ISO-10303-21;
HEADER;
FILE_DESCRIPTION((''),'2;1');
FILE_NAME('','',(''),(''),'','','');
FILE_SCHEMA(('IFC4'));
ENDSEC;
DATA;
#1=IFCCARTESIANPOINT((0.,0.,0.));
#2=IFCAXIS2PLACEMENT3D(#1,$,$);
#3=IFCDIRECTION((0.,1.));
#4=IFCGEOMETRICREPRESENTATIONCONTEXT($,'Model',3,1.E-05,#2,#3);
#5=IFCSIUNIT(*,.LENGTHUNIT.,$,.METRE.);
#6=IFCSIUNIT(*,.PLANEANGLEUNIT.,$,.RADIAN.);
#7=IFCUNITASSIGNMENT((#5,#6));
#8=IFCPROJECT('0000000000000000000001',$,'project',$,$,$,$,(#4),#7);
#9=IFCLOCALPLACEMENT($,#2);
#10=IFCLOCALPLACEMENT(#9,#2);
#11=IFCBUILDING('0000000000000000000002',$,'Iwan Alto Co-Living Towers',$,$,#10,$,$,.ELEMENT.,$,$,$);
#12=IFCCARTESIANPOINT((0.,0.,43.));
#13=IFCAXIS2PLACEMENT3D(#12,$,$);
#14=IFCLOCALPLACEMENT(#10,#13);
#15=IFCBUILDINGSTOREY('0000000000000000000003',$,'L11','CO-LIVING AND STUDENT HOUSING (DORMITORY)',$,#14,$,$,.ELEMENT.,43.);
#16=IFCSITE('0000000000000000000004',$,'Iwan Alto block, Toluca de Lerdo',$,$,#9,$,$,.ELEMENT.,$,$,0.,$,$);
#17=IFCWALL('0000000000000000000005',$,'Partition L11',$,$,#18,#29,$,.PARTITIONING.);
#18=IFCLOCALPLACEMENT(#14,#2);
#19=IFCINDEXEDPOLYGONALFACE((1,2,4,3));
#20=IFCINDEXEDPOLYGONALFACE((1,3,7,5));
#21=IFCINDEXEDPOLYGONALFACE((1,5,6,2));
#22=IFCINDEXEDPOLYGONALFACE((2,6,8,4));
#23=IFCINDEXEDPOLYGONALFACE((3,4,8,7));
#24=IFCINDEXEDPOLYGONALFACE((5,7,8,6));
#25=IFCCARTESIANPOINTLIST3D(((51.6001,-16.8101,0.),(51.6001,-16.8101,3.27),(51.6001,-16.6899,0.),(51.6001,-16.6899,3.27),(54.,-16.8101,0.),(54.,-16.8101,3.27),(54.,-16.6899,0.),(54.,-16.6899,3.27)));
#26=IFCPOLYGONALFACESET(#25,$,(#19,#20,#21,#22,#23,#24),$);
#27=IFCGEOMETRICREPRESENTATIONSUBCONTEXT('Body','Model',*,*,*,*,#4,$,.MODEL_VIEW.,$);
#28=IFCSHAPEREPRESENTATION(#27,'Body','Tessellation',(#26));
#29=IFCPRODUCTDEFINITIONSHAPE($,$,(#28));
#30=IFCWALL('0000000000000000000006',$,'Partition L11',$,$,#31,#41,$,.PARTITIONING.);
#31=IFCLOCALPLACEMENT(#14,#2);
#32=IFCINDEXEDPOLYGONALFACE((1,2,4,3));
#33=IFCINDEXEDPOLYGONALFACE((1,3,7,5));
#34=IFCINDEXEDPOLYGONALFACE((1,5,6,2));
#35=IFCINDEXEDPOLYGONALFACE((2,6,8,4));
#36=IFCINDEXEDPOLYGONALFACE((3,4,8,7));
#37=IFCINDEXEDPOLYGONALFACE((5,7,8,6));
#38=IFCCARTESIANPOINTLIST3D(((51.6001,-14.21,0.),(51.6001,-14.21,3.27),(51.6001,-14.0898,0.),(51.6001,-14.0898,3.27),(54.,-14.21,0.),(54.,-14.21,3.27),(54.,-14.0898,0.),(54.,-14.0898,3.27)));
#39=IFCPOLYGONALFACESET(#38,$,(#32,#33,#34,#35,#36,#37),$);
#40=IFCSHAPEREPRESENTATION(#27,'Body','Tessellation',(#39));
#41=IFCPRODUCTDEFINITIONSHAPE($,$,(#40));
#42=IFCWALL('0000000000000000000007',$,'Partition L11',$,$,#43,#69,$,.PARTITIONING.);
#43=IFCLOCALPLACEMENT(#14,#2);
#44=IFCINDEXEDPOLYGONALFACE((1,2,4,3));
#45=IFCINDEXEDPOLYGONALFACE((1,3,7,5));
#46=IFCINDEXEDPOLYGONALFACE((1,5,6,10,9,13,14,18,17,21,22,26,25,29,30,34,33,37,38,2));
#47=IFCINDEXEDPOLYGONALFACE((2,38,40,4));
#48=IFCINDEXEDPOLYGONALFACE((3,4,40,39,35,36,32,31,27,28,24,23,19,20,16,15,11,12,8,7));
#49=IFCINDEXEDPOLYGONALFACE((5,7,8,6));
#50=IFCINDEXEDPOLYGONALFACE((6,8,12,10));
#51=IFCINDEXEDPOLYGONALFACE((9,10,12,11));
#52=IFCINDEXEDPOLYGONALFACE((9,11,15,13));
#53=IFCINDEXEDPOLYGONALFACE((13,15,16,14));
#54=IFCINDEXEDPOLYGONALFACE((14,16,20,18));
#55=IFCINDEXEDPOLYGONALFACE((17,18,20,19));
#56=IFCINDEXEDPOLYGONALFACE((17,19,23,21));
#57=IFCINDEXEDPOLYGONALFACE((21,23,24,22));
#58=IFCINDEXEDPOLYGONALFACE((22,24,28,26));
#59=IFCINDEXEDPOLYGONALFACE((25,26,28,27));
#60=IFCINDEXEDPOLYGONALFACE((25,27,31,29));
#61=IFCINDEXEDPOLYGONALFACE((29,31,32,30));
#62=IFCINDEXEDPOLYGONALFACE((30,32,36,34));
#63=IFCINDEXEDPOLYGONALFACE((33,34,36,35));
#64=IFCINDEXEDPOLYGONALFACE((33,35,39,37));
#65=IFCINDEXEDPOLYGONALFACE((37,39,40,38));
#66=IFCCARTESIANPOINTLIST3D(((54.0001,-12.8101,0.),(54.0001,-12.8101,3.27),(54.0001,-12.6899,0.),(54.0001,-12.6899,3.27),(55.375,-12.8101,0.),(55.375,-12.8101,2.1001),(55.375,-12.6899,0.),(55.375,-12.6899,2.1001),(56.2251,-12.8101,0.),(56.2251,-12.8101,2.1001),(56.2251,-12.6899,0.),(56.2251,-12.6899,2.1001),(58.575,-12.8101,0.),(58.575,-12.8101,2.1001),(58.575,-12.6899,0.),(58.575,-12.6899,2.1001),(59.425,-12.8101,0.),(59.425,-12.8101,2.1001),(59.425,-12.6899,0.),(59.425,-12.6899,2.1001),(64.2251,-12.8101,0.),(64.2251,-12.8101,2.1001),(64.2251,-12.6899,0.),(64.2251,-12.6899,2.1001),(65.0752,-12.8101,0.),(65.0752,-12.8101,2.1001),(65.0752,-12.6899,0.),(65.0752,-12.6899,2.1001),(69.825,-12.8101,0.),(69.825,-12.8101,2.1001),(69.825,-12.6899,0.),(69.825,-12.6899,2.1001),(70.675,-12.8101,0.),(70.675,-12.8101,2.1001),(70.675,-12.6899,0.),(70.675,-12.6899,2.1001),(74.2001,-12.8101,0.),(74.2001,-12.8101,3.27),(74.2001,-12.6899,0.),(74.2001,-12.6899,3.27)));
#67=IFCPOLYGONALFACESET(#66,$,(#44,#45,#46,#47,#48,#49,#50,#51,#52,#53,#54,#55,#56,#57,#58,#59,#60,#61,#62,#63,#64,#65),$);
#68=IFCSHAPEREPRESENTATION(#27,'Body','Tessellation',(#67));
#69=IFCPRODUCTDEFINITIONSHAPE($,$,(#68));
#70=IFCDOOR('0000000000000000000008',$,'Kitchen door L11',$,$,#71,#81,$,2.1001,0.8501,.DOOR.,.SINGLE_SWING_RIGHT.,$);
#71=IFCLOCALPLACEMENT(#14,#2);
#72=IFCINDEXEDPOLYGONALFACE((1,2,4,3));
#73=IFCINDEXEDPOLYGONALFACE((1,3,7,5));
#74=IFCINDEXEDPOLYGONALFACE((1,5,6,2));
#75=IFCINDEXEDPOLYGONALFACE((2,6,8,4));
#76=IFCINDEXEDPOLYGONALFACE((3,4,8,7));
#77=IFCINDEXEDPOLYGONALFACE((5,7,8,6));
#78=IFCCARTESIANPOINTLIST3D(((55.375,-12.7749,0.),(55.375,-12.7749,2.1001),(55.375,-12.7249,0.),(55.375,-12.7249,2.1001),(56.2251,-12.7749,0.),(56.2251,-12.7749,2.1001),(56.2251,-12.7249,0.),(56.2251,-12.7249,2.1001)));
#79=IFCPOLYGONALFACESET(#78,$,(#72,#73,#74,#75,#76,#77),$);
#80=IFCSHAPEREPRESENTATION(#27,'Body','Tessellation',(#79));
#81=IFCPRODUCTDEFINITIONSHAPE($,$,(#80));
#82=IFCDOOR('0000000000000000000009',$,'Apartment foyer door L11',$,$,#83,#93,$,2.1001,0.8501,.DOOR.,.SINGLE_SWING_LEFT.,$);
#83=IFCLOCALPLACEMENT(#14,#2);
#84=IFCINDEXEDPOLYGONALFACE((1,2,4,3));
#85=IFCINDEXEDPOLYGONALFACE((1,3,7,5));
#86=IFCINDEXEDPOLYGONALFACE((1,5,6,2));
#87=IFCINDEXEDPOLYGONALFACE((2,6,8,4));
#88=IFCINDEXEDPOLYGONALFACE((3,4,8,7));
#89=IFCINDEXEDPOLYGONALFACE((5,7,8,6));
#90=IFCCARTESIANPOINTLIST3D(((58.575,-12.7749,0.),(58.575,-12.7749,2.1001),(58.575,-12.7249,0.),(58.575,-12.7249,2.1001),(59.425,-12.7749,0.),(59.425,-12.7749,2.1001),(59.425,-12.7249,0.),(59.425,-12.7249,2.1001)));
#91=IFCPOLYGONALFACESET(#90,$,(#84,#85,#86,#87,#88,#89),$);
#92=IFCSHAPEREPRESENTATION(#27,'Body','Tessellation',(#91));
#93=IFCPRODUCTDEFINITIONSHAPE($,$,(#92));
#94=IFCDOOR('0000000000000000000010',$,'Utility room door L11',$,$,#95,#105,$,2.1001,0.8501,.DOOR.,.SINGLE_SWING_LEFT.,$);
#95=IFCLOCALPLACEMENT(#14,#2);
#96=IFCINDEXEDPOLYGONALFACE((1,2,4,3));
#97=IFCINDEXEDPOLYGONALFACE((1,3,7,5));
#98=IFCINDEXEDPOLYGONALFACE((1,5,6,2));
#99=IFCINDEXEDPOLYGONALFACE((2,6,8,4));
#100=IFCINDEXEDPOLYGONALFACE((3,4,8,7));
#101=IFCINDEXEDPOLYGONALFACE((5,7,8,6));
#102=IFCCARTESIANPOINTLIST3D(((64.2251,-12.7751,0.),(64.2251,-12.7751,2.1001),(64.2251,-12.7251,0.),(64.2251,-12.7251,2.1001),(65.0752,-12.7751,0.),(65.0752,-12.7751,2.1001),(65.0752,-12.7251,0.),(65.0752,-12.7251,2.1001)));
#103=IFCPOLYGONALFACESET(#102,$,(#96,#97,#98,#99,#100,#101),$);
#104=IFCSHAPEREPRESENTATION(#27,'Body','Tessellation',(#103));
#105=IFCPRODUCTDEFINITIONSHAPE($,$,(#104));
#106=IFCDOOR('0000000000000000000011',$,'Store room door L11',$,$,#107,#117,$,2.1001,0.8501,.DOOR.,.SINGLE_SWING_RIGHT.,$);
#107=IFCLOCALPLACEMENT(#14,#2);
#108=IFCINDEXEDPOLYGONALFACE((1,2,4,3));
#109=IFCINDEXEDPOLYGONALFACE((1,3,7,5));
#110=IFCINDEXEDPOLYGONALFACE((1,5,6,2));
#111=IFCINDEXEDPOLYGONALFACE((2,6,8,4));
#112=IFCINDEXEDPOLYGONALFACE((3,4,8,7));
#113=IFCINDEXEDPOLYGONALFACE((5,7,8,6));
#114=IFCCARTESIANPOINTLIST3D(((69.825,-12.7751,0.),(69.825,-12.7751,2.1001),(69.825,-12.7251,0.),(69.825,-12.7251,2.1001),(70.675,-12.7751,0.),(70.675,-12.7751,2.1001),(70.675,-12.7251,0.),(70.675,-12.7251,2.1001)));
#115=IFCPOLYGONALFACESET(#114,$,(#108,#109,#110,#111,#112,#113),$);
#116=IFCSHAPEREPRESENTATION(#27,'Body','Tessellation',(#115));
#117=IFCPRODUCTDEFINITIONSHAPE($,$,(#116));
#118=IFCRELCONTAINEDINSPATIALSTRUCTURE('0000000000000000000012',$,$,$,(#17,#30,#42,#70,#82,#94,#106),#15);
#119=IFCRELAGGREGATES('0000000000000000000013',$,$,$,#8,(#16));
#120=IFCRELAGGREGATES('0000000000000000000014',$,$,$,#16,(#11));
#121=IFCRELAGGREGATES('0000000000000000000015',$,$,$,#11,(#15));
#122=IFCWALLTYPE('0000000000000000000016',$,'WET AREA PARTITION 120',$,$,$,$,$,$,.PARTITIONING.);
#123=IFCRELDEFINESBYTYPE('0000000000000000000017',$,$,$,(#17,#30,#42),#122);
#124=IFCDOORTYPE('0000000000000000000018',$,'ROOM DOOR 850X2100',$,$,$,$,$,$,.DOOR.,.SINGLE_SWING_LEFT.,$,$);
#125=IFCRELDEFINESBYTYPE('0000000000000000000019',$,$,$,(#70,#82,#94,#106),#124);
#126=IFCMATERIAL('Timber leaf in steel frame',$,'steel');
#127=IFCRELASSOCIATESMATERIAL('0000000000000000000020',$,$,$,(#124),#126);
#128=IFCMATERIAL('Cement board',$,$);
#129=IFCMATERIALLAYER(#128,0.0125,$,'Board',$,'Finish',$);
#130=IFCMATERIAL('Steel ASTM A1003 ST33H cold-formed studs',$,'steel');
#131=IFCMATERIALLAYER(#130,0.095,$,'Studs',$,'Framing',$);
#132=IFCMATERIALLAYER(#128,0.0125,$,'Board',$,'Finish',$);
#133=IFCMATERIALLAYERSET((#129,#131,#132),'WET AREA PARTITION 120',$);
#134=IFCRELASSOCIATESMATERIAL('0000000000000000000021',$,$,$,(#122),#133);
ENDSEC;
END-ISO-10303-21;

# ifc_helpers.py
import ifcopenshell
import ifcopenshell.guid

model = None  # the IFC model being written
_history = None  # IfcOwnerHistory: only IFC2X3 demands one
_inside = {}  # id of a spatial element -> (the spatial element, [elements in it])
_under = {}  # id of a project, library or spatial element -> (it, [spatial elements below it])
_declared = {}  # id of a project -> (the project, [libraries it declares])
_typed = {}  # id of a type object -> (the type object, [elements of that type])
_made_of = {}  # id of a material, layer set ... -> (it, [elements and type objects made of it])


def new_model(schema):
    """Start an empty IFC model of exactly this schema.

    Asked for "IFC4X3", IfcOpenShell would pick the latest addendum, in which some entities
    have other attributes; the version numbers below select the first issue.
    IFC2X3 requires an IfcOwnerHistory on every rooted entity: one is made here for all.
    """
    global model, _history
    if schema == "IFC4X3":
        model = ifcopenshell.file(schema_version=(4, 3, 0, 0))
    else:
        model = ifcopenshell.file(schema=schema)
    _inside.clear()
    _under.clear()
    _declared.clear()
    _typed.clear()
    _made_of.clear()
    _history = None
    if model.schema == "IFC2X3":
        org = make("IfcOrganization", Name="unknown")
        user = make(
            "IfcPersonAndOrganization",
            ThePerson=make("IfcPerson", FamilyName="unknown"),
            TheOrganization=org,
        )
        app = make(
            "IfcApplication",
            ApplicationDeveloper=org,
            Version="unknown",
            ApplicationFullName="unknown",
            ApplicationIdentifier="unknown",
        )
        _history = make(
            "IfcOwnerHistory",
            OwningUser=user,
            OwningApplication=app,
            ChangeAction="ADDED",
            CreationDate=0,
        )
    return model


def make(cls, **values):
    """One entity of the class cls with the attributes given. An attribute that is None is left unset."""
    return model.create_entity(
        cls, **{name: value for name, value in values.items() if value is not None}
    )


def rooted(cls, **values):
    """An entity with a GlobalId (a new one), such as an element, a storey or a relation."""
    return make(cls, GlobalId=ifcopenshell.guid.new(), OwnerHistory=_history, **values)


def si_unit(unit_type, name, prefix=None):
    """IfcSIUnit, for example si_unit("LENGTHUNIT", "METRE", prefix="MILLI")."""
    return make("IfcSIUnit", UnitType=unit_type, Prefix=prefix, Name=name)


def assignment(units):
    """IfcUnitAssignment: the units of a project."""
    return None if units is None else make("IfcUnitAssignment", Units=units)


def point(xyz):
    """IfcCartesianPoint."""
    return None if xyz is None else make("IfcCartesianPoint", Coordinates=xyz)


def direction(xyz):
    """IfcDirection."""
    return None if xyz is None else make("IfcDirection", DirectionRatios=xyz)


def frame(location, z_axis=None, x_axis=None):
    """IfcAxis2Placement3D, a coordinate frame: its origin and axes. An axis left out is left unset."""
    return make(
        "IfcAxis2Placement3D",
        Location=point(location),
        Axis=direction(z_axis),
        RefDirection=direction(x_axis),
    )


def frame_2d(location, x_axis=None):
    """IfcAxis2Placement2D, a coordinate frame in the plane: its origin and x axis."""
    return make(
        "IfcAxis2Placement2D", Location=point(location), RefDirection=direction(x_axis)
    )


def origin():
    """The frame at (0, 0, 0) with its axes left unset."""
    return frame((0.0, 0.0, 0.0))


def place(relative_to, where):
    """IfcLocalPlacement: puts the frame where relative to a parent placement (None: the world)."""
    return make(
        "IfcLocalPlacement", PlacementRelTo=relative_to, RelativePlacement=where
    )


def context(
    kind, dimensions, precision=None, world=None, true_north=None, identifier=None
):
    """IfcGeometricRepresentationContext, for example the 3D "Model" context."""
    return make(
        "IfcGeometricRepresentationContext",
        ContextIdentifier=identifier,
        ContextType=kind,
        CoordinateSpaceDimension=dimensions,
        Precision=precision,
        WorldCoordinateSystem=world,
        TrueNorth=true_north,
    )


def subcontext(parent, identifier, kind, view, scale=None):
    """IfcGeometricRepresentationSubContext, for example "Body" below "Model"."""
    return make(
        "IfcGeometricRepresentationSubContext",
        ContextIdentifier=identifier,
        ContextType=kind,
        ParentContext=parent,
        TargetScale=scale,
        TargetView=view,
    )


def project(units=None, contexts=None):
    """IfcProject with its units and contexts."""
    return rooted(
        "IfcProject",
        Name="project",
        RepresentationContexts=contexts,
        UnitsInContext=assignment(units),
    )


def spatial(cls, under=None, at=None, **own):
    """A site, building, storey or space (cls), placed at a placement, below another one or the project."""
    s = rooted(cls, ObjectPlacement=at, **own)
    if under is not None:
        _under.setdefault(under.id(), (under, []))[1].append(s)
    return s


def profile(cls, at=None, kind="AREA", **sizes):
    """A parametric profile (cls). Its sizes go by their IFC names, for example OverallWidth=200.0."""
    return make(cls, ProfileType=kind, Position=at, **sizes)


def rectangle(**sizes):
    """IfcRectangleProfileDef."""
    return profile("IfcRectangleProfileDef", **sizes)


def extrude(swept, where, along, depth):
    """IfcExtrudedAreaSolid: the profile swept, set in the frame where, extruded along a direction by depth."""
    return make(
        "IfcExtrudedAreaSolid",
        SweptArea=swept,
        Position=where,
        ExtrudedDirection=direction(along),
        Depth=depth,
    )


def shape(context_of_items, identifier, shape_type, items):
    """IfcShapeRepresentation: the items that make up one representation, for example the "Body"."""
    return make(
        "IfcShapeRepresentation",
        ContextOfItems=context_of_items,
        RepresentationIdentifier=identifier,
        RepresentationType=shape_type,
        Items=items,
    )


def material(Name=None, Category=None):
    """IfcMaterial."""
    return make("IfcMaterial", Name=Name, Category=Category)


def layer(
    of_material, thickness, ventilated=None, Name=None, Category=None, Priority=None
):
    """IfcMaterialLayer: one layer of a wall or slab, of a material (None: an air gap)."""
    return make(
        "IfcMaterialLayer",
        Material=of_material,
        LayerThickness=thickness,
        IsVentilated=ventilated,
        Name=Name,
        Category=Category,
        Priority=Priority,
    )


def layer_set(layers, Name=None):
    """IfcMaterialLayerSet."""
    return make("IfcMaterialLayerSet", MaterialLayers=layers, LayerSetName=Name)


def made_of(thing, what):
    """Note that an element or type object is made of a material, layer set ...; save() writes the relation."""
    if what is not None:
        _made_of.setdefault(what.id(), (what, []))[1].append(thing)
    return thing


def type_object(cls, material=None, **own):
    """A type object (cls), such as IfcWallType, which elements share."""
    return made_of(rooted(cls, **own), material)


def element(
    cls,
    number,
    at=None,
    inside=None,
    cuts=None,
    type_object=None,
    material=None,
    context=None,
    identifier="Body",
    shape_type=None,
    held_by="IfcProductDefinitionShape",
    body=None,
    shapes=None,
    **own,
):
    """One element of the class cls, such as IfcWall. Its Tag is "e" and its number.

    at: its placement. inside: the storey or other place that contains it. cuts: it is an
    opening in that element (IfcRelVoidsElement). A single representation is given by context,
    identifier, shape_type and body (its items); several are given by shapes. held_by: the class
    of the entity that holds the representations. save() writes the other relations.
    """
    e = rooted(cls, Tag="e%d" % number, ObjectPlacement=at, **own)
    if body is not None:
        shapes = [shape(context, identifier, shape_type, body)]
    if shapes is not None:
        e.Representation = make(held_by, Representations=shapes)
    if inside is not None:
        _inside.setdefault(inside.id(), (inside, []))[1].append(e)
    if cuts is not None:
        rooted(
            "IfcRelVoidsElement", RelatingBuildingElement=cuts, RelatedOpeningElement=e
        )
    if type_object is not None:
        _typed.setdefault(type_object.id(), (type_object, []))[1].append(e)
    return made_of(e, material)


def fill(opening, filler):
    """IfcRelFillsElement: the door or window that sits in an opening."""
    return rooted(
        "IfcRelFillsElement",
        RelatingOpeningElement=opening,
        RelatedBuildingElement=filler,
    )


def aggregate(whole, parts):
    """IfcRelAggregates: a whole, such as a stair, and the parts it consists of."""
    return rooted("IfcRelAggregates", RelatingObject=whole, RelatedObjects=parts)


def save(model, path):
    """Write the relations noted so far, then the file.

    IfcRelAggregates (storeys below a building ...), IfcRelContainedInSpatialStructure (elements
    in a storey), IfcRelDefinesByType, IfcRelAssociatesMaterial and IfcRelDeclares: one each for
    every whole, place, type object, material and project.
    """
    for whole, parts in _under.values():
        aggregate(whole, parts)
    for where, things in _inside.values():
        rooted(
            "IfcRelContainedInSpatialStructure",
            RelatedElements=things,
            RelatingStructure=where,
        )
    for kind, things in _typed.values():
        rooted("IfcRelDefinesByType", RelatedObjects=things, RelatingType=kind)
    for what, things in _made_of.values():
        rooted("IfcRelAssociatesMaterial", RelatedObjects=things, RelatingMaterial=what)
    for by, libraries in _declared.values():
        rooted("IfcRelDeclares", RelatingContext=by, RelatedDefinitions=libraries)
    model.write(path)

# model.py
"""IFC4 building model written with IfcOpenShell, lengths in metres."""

from ifc_helpers import new_model, si_unit, direction, frame, frame_2d, origin, place, context, subcontext, project, spatial, rectangle, extrude, material, layer, layer_set, type_object, element, fill, save


model = new_model("IFC4")

# Units and contexts
model_context = context("Model", 3, precision=1e-05, world=origin(), true_north=direction((0.0, 1.0)))
body_context = subcontext(model_context, "Body", "Model", "MODEL_VIEW")
ifc_project = project(units=[si_unit("LENGTHUNIT", "METRE"), si_unit("PLANEANGLEUNIT", "RADIAN")], contexts=[model_context])

# Site, building, storey
site_placement = place(None, origin())
site = spatial("IfcSite", under=ifc_project, at=site_placement, Name="Iwan Alto block, Toluca de Lerdo", CompositionType="ELEMENT", RefElevation=0.0)
building_placement = place(site_placement, origin())
building = spatial("IfcBuilding", under=site, at=building_placement, Name="Iwan Alto Co-Living Towers", CompositionType="ELEMENT")
storey_placement = place(building_placement, frame((0.0, 0.0, 43.0)))
storey = spatial("IfcBuildingStorey", under=building, at=storey_placement, Name="L11", Description="CO-LIVING AND STUDENT HOUSING (DORMITORY)", CompositionType="ELEMENT", Elevation=43.0)

# Shared definitions
ifc_material_1 = material(Name="Steel ASTM A1003 ST33H cold-formed studs", Category="steel")

# Shared definitions
ifc_material_2 = material(Name="Timber leaf in steel frame", Category="steel")
door_type_1 = type_object("IfcDoorType", Name="ROOM DOOR 850X2100", OperationType="SINGLE_SWING_LEFT", PredefinedType="DOOR", material=ifc_material_2)

# Walls
ifc_material_3 = material(Name="Cement board")
ifc_layer_1 = layer(ifc_material_3, 0.0125, Name="Board", Category="Finish")
ifc_layer_2 = layer(ifc_material_1, 0.095, Name="Studs", Category="Framing")
ifc_layer_3 = layer(ifc_material_3, 0.0125, Name="Board", Category="Finish")
ifc_layer_set_1 = layer_set([ifc_layer_1, ifc_layer_2, ifc_layer_3], Name="WET AREA PARTITION 120")
wall_type_1 = type_object("IfcWallType", Name="WET AREA PARTITION 120", PredefinedType="PARTITIONING", material=ifc_layer_set_1)
for number, where, z_axis, x_axis, name in (
    (1, (51.6001, -16.75, 0.0), (0.0, 0.0, 1.0), (1.0, 0.0, 0.0), "Partition L11"),
    (2, (51.6001, -14.1499, 0.0), (0.0, 0.0, 1.0), (1.0, 0.0, 0.0), "Partition L11"),
):
    element("IfcWall", number, at=place(storey_placement, frame(where, z_axis=z_axis, x_axis=x_axis)), inside=storey, type_object=wall_type_1, Name=name, PredefinedType="PARTITIONING", context=body_context, shape_type="SweptSolid", body=[
        extrude(rectangle(XDim=2.3999, YDim=0.1201, at=frame_2d((1.2, 0.0))), origin(), (0.0, 0.0, 1.0), 3.27),
    ])

# Wall, openings, doors
wall_1_placement = place(storey_placement, frame((54.0, -12.75, 0.0), z_axis=(0.0, 0.0, 1.0), x_axis=(1.0, 0.0, 0.0)))
wall_1 = element("IfcWall", 3, at=wall_1_placement, inside=storey, type_object=wall_type_1, Name="Partition L11", PredefinedType="PARTITIONING", context=body_context, shape_type="SweptSolid", body=[
    extrude(rectangle(XDim=20.2, YDim=0.1201, at=frame_2d((10.1001, 0.0))), origin(), (0.0, 0.0, 1.0), 3.27),
])
opening_1_placement = place(wall_1_placement, frame((1.375, 0.0, 0.0)))
opening_1 = element("IfcOpeningElement", 4, at=opening_1_placement, cuts=wall_1, PredefinedType="OPENING", context=body_context, shape_type="SweptSolid", body=[
    extrude(rectangle(XDim=0.8501, YDim=2.1001, at=frame_2d((0.425, 1.05))), frame((0.0, 0.0701, 0.0), z_axis=(0.0, -1.0, 0.0), x_axis=(1.0, 0.0, 0.0)), (0.0, 0.0, 1.0), 0.1401),
])
opening_2_placement = place(wall_1_placement, frame((4.575, 0.0, 0.0)))
opening_2 = element("IfcOpeningElement", 5, at=opening_2_placement, cuts=wall_1, PredefinedType="OPENING", context=body_context, shape_type="SweptSolid", body=[
    extrude(rectangle(XDim=0.8501, YDim=2.1001, at=frame_2d((0.425, 1.05))), frame((0.0, 0.0701, 0.0), z_axis=(0.0, -1.0, 0.0), x_axis=(1.0, 0.0, 0.0)), (0.0, 0.0, 1.0), 0.1401),
])
opening_3_placement = place(wall_1_placement, frame((10.2251, 0.0, 0.0)))
opening_3 = element("IfcOpeningElement", 6, at=opening_3_placement, cuts=wall_1, PredefinedType="OPENING", context=body_context, shape_type="SweptSolid", body=[
    extrude(rectangle(XDim=0.8501, YDim=2.1001, at=frame_2d((0.425, 1.05))), frame((0.0, 0.0701, 0.0), z_axis=(0.0, -1.0, 0.0), x_axis=(1.0, 0.0, 0.0)), (0.0, 0.0, 1.0), 0.1401),
])
opening_4_placement = place(wall_1_placement, frame((15.825, 0.0, 0.0)))
opening_4 = element("IfcOpeningElement", 7, at=opening_4_placement, cuts=wall_1, PredefinedType="OPENING", context=body_context, shape_type="SweptSolid", body=[
    extrude(rectangle(XDim=0.8501, YDim=2.1001, at=frame_2d((0.425, 1.05))), frame((0.0, 0.0701, 0.0), z_axis=(0.0, -1.0, 0.0), x_axis=(1.0, 0.0, 0.0)), (0.0, 0.0, 1.0), 0.1401),
])
door_1_placement = place(opening_1_placement, frame((0.8501, 0.0, 0.0), z_axis=(0.0, 0.0, 1.0), x_axis=(-1.0, 0.0, 0.0)))
door_1 = element("IfcDoor", 8, at=door_1_placement, inside=storey, type_object=door_type_1, Name="Kitchen door L11", OperationType="SINGLE_SWING_RIGHT", OverallHeight=2.1001, OverallWidth=0.8501, PredefinedType="DOOR", context=body_context, shape_type="SweptSolid", body=[
    extrude(rectangle(XDim=0.8501, YDim=2.1001, at=frame_2d((0.425, 1.05))), frame((0.0, 0.0249, 0.0), z_axis=(0.0, -1.0, 0.0), x_axis=(1.0, 0.0, 0.0)), (0.0, 0.0, 1.0), 0.05),
])
fill(opening_1, door_1)
door_2_placement = place(opening_2_placement, frame((0.8501, 0.0, 0.0), z_axis=(0.0, 0.0, 1.0), x_axis=(-1.0, 0.0, 0.0)))
door_2 = element("IfcDoor", 9, at=door_2_placement, inside=storey, type_object=door_type_1, Name="Apartment foyer door L11", OperationType="SINGLE_SWING_LEFT", OverallHeight=2.1001, OverallWidth=0.8501, PredefinedType="DOOR", context=body_context, shape_type="SweptSolid", body=[
    extrude(rectangle(XDim=0.8501, YDim=2.1001, at=frame_2d((0.425, 1.05))), frame((0.0, 0.0249, 0.0), z_axis=(0.0, -1.0, 0.0), x_axis=(1.0, 0.0, 0.0)), (0.0, 0.0, 1.0), 0.05),
])
fill(opening_2, door_2)
door_3_placement = place(opening_3_placement, origin())
door_3 = element("IfcDoor", 10, at=door_3_placement, inside=storey, type_object=door_type_1, Name="Utility room door L11", OperationType="SINGLE_SWING_LEFT", OverallHeight=2.1001, OverallWidth=0.8501, PredefinedType="DOOR", context=body_context, shape_type="SweptSolid", body=[
    extrude(rectangle(XDim=0.8501, YDim=2.1001, at=frame_2d((0.425, 1.05))), frame((0.0, 0.0249, 0.0), z_axis=(0.0, -1.0, 0.0), x_axis=(1.0, 0.0, 0.0)), (0.0, 0.0, 1.0), 0.05),
])
fill(opening_3, door_3)
door_4_placement = place(opening_4_placement, origin())
door_4 = element("IfcDoor", 11, at=door_4_placement, inside=storey, type_object=door_type_1, Name="Store room door L11", OperationType="SINGLE_SWING_RIGHT", OverallHeight=2.1001, OverallWidth=0.8501, PredefinedType="DOOR", context=body_context, shape_type="SweptSolid", body=[
    extrude(rectangle(XDim=0.8501, YDim=2.1001, at=frame_2d((0.425, 1.05))), frame((0.0, 0.0249, 0.0), z_axis=(0.0, -1.0, 0.0), x_axis=(1.0, 0.0, 0.0)), (0.0, 0.0, 1.0), 0.05),
])
fill(opening_4, door_4)

save(model, "model.ifc")
